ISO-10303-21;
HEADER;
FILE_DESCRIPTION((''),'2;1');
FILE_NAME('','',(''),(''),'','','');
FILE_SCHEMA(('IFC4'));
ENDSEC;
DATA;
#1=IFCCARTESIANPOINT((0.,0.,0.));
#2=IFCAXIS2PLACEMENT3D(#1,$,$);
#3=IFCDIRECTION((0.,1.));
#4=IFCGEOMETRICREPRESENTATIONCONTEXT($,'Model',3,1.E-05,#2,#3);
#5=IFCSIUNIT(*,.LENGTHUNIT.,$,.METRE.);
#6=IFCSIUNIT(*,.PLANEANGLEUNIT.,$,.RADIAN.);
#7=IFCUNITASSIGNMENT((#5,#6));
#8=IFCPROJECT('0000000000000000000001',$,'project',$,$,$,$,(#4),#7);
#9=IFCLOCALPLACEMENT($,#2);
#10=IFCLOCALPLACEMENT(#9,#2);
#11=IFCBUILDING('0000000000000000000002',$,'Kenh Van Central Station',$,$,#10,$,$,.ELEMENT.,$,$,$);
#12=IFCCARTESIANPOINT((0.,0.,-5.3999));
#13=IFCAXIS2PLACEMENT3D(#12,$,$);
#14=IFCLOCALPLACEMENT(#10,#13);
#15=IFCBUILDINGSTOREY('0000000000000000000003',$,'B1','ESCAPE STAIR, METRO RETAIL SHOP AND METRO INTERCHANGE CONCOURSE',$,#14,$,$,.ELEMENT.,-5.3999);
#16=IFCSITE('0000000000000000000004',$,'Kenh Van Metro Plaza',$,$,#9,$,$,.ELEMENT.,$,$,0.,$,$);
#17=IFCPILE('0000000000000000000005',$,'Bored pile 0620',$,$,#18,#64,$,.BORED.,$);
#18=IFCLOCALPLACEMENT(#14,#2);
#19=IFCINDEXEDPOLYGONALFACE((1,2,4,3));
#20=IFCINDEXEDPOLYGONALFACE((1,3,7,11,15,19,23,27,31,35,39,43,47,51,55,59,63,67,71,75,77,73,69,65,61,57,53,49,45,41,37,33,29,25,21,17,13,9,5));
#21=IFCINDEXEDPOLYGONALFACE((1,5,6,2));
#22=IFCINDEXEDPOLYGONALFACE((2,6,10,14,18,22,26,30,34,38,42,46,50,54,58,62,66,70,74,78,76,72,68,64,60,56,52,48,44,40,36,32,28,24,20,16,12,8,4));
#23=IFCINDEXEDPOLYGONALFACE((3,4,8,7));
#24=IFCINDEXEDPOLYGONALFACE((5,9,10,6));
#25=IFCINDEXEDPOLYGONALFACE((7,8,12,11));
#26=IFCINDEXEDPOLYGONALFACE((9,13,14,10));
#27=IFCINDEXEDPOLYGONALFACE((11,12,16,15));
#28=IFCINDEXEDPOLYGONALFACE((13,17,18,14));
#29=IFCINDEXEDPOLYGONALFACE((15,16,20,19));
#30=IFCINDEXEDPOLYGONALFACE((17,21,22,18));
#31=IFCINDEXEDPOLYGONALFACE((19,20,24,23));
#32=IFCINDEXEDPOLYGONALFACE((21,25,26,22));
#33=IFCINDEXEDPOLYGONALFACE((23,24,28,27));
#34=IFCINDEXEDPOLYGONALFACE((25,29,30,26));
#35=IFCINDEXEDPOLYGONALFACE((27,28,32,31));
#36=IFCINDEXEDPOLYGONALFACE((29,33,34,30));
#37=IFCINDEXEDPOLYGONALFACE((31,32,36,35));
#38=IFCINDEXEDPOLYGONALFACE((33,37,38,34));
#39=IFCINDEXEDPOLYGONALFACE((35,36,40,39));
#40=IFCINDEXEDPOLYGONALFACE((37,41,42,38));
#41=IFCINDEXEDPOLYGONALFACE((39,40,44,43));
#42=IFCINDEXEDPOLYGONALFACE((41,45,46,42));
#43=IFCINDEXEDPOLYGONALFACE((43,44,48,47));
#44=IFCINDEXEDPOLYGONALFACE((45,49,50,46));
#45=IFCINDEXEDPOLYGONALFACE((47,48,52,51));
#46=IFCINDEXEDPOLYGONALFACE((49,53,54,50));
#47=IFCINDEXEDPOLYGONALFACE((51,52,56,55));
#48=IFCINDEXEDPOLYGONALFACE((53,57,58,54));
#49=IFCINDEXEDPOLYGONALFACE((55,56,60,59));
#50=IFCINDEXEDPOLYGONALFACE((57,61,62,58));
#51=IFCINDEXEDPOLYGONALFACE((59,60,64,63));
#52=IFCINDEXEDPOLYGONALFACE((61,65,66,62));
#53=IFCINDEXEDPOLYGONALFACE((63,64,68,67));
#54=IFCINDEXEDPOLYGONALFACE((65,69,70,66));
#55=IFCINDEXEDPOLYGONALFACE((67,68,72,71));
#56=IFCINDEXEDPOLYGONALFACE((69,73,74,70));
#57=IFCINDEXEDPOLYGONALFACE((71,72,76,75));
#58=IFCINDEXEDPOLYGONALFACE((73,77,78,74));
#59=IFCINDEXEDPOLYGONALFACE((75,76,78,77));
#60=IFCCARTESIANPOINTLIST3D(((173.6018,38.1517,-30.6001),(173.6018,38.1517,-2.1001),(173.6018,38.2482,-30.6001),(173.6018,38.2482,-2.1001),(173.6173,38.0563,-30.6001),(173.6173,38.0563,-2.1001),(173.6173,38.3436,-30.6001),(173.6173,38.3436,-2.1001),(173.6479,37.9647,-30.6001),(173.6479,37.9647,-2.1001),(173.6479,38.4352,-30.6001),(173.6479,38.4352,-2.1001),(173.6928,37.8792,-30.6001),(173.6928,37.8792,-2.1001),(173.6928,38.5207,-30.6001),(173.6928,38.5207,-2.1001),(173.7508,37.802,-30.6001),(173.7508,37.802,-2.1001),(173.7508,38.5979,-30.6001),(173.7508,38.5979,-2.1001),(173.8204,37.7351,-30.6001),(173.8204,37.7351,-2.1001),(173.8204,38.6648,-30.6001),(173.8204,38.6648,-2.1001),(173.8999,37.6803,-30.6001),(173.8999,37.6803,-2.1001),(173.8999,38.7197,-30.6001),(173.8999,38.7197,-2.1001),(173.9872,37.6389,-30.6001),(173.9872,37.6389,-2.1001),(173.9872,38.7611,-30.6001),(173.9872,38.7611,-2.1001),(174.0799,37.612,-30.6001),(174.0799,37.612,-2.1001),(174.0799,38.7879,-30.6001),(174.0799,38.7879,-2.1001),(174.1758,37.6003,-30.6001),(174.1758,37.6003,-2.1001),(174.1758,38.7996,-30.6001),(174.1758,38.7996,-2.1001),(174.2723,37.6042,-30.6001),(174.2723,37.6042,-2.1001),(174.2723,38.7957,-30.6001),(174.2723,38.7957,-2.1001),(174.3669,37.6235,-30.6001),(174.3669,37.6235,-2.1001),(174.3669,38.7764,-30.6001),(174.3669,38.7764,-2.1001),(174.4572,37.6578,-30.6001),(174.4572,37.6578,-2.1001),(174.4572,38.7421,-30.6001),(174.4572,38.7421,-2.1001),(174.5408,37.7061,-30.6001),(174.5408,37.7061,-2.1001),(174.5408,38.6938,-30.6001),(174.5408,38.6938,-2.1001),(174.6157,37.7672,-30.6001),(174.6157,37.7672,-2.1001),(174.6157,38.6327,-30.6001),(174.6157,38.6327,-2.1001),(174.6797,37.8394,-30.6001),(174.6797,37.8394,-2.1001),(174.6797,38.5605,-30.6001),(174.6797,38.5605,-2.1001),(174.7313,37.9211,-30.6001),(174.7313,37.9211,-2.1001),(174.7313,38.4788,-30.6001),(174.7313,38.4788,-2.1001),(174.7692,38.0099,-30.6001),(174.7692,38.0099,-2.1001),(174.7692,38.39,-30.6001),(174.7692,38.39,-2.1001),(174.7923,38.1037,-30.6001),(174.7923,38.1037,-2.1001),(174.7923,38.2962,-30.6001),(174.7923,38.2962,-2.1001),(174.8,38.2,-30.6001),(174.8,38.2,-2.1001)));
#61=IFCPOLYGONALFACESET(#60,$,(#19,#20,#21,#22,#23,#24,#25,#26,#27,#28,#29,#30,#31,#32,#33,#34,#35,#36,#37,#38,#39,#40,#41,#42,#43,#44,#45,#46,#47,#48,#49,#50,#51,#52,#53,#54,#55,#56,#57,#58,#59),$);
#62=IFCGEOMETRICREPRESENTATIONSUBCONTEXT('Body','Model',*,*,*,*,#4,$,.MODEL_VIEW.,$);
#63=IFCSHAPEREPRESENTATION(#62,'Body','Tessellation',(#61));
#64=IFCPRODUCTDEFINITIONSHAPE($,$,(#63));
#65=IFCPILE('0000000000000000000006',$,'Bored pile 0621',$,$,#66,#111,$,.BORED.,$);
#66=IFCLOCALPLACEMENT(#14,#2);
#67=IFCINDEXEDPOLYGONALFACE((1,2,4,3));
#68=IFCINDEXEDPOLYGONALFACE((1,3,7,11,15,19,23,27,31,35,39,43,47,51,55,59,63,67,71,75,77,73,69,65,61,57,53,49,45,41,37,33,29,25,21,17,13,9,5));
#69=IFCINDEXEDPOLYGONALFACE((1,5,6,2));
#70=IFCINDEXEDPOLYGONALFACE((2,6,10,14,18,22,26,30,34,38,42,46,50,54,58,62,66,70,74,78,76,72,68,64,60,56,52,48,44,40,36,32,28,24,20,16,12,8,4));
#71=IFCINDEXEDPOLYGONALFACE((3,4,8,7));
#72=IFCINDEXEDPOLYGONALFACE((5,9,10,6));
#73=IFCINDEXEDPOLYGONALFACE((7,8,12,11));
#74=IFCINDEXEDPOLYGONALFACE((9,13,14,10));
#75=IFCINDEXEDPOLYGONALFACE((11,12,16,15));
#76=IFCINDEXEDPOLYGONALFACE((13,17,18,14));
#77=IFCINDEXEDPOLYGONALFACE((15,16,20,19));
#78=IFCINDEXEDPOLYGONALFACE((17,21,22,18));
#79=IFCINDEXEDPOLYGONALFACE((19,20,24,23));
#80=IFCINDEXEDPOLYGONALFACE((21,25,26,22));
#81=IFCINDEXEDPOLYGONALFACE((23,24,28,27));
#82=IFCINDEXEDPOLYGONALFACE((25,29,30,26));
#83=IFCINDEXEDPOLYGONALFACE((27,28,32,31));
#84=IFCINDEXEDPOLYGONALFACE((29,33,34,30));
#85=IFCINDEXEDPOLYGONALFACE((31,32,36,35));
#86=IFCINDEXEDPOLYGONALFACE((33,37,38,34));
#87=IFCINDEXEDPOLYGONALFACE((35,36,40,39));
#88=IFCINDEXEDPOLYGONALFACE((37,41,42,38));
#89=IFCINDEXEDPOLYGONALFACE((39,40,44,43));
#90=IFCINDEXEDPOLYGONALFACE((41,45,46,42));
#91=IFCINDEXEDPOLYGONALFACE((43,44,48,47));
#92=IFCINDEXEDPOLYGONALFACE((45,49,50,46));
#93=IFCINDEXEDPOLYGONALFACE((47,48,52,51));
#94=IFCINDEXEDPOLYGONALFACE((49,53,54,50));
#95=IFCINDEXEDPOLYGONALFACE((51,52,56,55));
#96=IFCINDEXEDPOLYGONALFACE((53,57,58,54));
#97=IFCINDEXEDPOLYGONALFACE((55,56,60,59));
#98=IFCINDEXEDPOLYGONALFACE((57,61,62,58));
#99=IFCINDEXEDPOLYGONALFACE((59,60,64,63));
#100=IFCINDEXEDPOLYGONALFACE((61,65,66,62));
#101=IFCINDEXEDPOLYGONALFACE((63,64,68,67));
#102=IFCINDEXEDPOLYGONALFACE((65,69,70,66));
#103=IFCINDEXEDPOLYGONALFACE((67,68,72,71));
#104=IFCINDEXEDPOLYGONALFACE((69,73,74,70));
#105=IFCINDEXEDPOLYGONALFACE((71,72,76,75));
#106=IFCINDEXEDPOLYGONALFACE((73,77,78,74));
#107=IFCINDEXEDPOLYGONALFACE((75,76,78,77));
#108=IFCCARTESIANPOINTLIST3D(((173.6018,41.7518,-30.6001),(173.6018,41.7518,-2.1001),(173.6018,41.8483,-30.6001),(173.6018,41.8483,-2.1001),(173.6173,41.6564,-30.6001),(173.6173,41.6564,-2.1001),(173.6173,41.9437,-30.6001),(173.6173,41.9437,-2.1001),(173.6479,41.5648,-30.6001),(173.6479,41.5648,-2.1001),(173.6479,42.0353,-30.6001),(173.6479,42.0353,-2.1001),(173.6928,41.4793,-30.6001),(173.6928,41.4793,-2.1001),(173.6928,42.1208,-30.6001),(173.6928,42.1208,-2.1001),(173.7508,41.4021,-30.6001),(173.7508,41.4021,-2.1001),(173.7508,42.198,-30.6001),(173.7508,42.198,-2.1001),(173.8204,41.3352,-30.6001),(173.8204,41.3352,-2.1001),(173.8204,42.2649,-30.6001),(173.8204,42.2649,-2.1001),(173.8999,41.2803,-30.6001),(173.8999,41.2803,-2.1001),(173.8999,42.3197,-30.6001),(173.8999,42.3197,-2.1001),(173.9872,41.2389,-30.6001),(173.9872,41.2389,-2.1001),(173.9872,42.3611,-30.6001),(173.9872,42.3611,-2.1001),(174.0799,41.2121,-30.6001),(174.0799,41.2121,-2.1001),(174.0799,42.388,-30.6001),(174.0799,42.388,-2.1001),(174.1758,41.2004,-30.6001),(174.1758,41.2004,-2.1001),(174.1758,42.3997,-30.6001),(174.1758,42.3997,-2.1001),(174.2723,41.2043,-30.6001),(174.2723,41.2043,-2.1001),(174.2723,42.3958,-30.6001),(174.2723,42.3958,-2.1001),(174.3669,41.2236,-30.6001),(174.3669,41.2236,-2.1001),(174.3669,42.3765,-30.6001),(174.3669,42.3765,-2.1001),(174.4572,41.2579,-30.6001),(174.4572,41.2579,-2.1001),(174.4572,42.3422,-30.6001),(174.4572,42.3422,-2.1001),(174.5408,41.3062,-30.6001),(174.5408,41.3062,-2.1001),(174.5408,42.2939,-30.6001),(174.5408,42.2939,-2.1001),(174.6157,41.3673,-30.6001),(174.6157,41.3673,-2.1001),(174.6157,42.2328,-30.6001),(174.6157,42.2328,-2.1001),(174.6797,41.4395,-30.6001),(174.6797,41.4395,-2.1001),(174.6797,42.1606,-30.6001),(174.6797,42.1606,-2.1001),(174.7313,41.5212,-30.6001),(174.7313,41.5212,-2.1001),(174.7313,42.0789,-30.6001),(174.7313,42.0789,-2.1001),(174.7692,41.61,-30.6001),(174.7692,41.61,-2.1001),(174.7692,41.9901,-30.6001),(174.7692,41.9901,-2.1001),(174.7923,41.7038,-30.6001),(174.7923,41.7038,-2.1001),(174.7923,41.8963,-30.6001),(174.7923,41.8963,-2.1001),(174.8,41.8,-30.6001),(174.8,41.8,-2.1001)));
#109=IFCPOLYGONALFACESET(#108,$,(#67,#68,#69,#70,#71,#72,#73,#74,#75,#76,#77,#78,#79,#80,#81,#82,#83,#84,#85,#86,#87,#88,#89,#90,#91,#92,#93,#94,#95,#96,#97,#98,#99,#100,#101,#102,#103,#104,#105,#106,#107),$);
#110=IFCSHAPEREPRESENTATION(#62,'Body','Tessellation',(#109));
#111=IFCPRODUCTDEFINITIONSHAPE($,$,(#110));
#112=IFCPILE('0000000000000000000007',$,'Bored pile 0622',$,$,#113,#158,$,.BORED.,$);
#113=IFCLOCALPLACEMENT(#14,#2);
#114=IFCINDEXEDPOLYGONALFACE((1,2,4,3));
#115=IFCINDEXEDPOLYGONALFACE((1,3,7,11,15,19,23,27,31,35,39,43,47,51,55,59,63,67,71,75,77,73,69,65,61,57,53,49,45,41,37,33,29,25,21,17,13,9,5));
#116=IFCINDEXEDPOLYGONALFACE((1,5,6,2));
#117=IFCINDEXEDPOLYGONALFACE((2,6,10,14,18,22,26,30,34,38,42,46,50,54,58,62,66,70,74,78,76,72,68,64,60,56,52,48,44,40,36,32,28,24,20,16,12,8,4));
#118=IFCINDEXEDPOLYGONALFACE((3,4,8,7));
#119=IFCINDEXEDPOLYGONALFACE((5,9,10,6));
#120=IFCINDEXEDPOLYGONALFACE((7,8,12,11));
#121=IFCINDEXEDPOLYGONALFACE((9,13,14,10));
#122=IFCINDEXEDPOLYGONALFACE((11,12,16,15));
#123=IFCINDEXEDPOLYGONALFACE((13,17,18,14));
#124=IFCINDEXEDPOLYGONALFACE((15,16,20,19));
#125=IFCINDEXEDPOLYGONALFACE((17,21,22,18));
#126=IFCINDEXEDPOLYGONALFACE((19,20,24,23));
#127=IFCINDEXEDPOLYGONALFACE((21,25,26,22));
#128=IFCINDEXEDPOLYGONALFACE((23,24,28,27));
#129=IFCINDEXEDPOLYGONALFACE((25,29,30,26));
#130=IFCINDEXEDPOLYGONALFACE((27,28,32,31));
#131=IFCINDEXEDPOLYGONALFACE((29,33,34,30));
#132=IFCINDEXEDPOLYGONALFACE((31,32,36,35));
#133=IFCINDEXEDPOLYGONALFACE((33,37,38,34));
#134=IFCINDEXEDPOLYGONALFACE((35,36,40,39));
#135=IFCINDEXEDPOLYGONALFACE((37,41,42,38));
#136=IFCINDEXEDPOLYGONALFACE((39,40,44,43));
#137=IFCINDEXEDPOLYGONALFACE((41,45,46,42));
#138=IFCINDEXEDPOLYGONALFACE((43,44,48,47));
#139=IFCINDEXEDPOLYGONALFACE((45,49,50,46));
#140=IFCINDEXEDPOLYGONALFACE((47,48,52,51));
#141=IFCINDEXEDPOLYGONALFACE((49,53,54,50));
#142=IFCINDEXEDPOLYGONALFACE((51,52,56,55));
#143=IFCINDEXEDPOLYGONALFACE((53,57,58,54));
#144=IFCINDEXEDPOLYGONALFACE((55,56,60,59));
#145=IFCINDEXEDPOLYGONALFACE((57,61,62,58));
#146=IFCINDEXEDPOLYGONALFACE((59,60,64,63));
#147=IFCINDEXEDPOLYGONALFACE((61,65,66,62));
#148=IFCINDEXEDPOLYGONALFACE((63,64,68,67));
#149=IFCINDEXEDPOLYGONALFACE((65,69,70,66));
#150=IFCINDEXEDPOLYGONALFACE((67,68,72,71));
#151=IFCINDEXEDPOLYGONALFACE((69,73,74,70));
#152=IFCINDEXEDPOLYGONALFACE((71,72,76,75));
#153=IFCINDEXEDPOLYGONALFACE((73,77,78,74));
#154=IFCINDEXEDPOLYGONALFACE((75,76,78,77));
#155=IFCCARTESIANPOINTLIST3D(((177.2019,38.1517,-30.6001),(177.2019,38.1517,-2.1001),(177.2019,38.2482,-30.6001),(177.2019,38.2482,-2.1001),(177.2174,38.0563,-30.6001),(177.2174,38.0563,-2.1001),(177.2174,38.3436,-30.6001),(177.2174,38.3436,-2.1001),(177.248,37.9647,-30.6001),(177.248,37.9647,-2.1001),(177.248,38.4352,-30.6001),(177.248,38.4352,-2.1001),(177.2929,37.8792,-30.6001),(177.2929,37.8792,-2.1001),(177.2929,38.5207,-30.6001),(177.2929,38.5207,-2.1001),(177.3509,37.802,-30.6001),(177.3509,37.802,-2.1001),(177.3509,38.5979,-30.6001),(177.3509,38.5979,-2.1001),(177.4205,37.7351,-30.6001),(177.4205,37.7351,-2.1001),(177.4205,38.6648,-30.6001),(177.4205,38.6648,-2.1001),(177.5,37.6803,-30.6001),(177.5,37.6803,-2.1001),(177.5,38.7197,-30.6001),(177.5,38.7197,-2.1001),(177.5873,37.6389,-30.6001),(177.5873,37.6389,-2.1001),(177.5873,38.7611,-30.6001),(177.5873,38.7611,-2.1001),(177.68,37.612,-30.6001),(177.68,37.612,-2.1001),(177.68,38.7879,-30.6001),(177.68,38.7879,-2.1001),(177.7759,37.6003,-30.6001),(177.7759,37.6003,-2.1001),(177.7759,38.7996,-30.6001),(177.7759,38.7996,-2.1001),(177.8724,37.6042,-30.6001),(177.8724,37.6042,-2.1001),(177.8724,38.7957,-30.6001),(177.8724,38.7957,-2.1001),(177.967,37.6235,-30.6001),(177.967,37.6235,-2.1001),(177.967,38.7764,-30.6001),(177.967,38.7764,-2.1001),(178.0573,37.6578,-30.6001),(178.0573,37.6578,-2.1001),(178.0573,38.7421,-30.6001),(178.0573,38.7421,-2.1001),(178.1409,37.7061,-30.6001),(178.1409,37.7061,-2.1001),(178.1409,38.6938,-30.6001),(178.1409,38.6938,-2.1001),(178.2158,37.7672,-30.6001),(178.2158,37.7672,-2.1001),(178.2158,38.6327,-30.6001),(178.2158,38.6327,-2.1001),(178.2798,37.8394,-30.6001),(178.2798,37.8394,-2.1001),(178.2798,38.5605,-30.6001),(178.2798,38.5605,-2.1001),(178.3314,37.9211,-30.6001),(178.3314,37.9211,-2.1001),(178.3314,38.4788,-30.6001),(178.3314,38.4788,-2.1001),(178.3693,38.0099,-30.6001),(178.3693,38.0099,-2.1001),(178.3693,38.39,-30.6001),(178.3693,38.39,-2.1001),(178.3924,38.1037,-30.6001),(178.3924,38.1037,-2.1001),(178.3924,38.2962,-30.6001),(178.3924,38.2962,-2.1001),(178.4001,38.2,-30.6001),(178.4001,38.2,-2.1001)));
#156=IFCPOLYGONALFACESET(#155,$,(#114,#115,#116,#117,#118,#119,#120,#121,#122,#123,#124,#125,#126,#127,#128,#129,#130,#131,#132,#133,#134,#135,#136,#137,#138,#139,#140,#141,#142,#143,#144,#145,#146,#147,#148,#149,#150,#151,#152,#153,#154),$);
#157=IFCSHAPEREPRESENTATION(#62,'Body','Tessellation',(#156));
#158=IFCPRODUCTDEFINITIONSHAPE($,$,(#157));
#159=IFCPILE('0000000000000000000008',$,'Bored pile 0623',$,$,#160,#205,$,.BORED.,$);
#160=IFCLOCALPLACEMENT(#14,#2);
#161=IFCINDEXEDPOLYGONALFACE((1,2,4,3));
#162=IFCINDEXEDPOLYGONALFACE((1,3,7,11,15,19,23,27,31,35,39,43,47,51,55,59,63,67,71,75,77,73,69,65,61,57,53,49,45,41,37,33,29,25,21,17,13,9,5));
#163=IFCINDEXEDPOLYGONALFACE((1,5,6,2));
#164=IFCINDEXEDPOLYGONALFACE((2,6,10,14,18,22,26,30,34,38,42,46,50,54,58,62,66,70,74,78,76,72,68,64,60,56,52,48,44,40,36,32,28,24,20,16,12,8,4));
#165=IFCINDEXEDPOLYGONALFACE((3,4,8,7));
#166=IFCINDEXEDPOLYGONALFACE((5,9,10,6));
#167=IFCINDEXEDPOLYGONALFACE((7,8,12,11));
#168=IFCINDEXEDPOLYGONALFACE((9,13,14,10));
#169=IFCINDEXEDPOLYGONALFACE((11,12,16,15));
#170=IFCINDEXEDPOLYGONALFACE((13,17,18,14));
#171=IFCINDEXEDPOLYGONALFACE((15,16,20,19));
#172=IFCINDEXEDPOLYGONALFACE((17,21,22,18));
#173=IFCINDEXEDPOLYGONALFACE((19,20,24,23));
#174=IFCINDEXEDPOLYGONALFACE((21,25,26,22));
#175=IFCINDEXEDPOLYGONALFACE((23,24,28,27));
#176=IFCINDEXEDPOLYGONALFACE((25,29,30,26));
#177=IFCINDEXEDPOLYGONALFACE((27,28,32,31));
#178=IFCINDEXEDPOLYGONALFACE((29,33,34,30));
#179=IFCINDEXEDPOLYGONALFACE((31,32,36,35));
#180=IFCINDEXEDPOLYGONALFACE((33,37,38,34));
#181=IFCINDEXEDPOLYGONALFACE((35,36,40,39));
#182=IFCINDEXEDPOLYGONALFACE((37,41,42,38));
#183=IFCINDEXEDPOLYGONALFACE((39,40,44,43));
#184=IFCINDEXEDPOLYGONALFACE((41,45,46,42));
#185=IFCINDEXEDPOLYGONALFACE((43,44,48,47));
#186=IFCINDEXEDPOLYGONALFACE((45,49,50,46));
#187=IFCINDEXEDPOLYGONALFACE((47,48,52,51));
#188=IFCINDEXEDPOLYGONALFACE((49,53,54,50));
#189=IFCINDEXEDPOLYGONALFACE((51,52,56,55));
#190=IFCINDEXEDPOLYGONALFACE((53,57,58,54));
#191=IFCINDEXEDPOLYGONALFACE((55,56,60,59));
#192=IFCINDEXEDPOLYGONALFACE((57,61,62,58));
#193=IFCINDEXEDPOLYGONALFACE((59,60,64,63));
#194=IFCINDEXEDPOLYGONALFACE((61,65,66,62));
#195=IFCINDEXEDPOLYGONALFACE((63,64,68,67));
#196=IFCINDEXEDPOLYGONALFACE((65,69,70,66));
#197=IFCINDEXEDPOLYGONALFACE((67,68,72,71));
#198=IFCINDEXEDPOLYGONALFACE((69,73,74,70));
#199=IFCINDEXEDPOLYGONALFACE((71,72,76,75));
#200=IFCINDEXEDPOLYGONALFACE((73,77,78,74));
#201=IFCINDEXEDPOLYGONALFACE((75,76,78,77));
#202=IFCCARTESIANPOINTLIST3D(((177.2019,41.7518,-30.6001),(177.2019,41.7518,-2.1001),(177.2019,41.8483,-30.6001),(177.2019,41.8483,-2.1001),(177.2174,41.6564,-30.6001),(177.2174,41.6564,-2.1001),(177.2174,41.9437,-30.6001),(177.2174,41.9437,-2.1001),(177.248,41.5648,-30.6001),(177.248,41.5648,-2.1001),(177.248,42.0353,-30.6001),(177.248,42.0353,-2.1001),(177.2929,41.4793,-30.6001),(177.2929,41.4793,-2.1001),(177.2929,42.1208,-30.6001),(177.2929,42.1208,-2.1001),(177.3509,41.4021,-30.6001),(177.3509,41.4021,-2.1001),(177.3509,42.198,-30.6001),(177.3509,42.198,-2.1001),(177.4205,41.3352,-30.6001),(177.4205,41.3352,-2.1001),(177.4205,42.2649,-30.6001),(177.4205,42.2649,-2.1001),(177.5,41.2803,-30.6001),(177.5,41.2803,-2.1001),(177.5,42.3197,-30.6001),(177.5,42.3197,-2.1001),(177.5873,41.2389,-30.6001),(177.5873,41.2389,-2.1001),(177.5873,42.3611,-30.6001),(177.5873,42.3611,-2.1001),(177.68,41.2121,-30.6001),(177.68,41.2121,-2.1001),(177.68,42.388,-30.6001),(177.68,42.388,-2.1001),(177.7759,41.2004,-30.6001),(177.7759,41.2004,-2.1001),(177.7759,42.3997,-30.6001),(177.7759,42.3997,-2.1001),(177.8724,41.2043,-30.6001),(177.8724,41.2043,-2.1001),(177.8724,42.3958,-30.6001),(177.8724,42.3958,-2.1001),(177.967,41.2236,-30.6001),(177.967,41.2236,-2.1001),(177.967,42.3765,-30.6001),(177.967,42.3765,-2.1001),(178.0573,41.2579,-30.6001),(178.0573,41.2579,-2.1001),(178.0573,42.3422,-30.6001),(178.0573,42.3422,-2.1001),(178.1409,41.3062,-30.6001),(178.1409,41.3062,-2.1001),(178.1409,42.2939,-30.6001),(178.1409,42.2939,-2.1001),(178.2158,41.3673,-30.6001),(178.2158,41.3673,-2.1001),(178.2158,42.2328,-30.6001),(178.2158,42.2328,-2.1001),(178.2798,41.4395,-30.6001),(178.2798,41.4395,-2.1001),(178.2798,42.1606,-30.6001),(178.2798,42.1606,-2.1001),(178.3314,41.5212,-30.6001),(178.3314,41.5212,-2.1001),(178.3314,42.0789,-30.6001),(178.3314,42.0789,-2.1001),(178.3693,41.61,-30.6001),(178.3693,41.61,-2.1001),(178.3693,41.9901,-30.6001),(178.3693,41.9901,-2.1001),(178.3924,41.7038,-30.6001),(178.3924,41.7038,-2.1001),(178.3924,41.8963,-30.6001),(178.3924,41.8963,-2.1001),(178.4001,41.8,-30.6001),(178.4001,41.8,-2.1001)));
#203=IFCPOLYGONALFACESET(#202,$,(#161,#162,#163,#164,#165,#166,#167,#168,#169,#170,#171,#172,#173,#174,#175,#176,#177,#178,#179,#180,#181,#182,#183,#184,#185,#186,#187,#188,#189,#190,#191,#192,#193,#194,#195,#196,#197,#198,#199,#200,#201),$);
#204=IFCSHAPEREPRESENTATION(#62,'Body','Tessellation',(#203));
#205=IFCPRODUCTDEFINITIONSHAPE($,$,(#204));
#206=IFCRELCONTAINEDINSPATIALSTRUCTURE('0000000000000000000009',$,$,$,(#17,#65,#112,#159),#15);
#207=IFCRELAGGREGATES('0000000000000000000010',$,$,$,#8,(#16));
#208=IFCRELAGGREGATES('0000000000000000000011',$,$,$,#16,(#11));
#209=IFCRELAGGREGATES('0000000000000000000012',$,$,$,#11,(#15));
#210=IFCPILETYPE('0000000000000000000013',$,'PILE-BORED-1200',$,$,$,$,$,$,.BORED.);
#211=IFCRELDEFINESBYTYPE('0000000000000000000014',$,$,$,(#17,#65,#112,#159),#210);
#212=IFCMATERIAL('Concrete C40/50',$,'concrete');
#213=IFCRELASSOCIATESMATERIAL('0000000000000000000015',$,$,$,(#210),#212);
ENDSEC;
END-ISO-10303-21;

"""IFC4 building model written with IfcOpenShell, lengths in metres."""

from ifc_helpers import new_model, si_unit, direction, frame, origin, origin_2d, place, context, subcontext, project, spatial, circle, extrude, material, material_profile, profile_set, type_object, element, save


model = new_model("IFC4")

# Units and contexts
model_context = context("Model", 3, precision=1e-05, world=origin(), true_north=direction((0.0, 1.0)))
body_context = subcontext(model_context, "Body", "Model", "MODEL_VIEW")
ifc_project = project(units=[si_unit("LENGTHUNIT", "METRE"), si_unit("PLANEANGLEUNIT", "RADIAN")], contexts=[model_context])

# Site, building, storey
site_placement = place(None, origin())
site = spatial("IfcSite", under=ifc_project, at=site_placement, Name="Kenh Van Metro Plaza", CompositionType="ELEMENT", RefElevation=0.0)
building_placement = place(site_placement, origin())
building = spatial("IfcBuilding", under=site, at=building_placement, Name="Kenh Van Central Station", CompositionType="ELEMENT")
storey_placement = place(building_placement, frame((0.0, 0.0, -5.3999)))
storey = spatial("IfcBuildingStorey", under=building, at=storey_placement, Name="B1", Description="ESCAPE STAIR, METRO RETAIL SHOP AND METRO INTERCHANGE CONCOURSE", CompositionType="ELEMENT", Elevation=-5.3999)

# Shared definitions
ifc_material_1 = material(Name="Concrete C40/50", Category="concrete")

# Piles
ifc_material_profile_1 = material_profile(ifc_material_1, circle(Radius=0.6001, at=origin_2d()), Name="PILE D1200")
ifc_profile_set_1 = profile_set([ifc_material_profile_1], Name="Concrete C40/50")
pile_type = type_object("IfcPileType", Name="PILE-BORED-1200", PredefinedType="BORED", material=ifc_profile_set_1)
for number, where, z_axis, x_axis, name in (
    (1, (174.2, 38.2, -2.1001), (0.0, 0.0, -1.0), (1.0, 0.0, 0.0), "Bored pile 0620"),
    (2, (174.2, 41.8, -2.1001), (0.0, 0.0, -1.0), (1.0, 0.0, 0.0), "Bored pile 0621"),
    (3, (177.8, 38.2, -2.1001), (0.0, 0.0, -1.0), (1.0, 0.0, 0.0), "Bored pile 0622"),
    (4, (177.8, 41.8, -2.1001), (0.0, 0.0, -1.0), (1.0, 0.0, 0.0), "Bored pile 0623"),
):
    element("IfcPile", number, at=place(storey_placement, frame(where, z_axis=z_axis, x_axis=x_axis)), inside=storey, type_object=pile_type, Name=name, PredefinedType="BORED", context=body_context, shape_type="SweptSolid", body=[
        extrude(circle(Radius=0.6001, at=origin_2d()), origin(), (0.0, 0.0, 1.0), 28.5),
    ])

save(model, "model.ifc")
